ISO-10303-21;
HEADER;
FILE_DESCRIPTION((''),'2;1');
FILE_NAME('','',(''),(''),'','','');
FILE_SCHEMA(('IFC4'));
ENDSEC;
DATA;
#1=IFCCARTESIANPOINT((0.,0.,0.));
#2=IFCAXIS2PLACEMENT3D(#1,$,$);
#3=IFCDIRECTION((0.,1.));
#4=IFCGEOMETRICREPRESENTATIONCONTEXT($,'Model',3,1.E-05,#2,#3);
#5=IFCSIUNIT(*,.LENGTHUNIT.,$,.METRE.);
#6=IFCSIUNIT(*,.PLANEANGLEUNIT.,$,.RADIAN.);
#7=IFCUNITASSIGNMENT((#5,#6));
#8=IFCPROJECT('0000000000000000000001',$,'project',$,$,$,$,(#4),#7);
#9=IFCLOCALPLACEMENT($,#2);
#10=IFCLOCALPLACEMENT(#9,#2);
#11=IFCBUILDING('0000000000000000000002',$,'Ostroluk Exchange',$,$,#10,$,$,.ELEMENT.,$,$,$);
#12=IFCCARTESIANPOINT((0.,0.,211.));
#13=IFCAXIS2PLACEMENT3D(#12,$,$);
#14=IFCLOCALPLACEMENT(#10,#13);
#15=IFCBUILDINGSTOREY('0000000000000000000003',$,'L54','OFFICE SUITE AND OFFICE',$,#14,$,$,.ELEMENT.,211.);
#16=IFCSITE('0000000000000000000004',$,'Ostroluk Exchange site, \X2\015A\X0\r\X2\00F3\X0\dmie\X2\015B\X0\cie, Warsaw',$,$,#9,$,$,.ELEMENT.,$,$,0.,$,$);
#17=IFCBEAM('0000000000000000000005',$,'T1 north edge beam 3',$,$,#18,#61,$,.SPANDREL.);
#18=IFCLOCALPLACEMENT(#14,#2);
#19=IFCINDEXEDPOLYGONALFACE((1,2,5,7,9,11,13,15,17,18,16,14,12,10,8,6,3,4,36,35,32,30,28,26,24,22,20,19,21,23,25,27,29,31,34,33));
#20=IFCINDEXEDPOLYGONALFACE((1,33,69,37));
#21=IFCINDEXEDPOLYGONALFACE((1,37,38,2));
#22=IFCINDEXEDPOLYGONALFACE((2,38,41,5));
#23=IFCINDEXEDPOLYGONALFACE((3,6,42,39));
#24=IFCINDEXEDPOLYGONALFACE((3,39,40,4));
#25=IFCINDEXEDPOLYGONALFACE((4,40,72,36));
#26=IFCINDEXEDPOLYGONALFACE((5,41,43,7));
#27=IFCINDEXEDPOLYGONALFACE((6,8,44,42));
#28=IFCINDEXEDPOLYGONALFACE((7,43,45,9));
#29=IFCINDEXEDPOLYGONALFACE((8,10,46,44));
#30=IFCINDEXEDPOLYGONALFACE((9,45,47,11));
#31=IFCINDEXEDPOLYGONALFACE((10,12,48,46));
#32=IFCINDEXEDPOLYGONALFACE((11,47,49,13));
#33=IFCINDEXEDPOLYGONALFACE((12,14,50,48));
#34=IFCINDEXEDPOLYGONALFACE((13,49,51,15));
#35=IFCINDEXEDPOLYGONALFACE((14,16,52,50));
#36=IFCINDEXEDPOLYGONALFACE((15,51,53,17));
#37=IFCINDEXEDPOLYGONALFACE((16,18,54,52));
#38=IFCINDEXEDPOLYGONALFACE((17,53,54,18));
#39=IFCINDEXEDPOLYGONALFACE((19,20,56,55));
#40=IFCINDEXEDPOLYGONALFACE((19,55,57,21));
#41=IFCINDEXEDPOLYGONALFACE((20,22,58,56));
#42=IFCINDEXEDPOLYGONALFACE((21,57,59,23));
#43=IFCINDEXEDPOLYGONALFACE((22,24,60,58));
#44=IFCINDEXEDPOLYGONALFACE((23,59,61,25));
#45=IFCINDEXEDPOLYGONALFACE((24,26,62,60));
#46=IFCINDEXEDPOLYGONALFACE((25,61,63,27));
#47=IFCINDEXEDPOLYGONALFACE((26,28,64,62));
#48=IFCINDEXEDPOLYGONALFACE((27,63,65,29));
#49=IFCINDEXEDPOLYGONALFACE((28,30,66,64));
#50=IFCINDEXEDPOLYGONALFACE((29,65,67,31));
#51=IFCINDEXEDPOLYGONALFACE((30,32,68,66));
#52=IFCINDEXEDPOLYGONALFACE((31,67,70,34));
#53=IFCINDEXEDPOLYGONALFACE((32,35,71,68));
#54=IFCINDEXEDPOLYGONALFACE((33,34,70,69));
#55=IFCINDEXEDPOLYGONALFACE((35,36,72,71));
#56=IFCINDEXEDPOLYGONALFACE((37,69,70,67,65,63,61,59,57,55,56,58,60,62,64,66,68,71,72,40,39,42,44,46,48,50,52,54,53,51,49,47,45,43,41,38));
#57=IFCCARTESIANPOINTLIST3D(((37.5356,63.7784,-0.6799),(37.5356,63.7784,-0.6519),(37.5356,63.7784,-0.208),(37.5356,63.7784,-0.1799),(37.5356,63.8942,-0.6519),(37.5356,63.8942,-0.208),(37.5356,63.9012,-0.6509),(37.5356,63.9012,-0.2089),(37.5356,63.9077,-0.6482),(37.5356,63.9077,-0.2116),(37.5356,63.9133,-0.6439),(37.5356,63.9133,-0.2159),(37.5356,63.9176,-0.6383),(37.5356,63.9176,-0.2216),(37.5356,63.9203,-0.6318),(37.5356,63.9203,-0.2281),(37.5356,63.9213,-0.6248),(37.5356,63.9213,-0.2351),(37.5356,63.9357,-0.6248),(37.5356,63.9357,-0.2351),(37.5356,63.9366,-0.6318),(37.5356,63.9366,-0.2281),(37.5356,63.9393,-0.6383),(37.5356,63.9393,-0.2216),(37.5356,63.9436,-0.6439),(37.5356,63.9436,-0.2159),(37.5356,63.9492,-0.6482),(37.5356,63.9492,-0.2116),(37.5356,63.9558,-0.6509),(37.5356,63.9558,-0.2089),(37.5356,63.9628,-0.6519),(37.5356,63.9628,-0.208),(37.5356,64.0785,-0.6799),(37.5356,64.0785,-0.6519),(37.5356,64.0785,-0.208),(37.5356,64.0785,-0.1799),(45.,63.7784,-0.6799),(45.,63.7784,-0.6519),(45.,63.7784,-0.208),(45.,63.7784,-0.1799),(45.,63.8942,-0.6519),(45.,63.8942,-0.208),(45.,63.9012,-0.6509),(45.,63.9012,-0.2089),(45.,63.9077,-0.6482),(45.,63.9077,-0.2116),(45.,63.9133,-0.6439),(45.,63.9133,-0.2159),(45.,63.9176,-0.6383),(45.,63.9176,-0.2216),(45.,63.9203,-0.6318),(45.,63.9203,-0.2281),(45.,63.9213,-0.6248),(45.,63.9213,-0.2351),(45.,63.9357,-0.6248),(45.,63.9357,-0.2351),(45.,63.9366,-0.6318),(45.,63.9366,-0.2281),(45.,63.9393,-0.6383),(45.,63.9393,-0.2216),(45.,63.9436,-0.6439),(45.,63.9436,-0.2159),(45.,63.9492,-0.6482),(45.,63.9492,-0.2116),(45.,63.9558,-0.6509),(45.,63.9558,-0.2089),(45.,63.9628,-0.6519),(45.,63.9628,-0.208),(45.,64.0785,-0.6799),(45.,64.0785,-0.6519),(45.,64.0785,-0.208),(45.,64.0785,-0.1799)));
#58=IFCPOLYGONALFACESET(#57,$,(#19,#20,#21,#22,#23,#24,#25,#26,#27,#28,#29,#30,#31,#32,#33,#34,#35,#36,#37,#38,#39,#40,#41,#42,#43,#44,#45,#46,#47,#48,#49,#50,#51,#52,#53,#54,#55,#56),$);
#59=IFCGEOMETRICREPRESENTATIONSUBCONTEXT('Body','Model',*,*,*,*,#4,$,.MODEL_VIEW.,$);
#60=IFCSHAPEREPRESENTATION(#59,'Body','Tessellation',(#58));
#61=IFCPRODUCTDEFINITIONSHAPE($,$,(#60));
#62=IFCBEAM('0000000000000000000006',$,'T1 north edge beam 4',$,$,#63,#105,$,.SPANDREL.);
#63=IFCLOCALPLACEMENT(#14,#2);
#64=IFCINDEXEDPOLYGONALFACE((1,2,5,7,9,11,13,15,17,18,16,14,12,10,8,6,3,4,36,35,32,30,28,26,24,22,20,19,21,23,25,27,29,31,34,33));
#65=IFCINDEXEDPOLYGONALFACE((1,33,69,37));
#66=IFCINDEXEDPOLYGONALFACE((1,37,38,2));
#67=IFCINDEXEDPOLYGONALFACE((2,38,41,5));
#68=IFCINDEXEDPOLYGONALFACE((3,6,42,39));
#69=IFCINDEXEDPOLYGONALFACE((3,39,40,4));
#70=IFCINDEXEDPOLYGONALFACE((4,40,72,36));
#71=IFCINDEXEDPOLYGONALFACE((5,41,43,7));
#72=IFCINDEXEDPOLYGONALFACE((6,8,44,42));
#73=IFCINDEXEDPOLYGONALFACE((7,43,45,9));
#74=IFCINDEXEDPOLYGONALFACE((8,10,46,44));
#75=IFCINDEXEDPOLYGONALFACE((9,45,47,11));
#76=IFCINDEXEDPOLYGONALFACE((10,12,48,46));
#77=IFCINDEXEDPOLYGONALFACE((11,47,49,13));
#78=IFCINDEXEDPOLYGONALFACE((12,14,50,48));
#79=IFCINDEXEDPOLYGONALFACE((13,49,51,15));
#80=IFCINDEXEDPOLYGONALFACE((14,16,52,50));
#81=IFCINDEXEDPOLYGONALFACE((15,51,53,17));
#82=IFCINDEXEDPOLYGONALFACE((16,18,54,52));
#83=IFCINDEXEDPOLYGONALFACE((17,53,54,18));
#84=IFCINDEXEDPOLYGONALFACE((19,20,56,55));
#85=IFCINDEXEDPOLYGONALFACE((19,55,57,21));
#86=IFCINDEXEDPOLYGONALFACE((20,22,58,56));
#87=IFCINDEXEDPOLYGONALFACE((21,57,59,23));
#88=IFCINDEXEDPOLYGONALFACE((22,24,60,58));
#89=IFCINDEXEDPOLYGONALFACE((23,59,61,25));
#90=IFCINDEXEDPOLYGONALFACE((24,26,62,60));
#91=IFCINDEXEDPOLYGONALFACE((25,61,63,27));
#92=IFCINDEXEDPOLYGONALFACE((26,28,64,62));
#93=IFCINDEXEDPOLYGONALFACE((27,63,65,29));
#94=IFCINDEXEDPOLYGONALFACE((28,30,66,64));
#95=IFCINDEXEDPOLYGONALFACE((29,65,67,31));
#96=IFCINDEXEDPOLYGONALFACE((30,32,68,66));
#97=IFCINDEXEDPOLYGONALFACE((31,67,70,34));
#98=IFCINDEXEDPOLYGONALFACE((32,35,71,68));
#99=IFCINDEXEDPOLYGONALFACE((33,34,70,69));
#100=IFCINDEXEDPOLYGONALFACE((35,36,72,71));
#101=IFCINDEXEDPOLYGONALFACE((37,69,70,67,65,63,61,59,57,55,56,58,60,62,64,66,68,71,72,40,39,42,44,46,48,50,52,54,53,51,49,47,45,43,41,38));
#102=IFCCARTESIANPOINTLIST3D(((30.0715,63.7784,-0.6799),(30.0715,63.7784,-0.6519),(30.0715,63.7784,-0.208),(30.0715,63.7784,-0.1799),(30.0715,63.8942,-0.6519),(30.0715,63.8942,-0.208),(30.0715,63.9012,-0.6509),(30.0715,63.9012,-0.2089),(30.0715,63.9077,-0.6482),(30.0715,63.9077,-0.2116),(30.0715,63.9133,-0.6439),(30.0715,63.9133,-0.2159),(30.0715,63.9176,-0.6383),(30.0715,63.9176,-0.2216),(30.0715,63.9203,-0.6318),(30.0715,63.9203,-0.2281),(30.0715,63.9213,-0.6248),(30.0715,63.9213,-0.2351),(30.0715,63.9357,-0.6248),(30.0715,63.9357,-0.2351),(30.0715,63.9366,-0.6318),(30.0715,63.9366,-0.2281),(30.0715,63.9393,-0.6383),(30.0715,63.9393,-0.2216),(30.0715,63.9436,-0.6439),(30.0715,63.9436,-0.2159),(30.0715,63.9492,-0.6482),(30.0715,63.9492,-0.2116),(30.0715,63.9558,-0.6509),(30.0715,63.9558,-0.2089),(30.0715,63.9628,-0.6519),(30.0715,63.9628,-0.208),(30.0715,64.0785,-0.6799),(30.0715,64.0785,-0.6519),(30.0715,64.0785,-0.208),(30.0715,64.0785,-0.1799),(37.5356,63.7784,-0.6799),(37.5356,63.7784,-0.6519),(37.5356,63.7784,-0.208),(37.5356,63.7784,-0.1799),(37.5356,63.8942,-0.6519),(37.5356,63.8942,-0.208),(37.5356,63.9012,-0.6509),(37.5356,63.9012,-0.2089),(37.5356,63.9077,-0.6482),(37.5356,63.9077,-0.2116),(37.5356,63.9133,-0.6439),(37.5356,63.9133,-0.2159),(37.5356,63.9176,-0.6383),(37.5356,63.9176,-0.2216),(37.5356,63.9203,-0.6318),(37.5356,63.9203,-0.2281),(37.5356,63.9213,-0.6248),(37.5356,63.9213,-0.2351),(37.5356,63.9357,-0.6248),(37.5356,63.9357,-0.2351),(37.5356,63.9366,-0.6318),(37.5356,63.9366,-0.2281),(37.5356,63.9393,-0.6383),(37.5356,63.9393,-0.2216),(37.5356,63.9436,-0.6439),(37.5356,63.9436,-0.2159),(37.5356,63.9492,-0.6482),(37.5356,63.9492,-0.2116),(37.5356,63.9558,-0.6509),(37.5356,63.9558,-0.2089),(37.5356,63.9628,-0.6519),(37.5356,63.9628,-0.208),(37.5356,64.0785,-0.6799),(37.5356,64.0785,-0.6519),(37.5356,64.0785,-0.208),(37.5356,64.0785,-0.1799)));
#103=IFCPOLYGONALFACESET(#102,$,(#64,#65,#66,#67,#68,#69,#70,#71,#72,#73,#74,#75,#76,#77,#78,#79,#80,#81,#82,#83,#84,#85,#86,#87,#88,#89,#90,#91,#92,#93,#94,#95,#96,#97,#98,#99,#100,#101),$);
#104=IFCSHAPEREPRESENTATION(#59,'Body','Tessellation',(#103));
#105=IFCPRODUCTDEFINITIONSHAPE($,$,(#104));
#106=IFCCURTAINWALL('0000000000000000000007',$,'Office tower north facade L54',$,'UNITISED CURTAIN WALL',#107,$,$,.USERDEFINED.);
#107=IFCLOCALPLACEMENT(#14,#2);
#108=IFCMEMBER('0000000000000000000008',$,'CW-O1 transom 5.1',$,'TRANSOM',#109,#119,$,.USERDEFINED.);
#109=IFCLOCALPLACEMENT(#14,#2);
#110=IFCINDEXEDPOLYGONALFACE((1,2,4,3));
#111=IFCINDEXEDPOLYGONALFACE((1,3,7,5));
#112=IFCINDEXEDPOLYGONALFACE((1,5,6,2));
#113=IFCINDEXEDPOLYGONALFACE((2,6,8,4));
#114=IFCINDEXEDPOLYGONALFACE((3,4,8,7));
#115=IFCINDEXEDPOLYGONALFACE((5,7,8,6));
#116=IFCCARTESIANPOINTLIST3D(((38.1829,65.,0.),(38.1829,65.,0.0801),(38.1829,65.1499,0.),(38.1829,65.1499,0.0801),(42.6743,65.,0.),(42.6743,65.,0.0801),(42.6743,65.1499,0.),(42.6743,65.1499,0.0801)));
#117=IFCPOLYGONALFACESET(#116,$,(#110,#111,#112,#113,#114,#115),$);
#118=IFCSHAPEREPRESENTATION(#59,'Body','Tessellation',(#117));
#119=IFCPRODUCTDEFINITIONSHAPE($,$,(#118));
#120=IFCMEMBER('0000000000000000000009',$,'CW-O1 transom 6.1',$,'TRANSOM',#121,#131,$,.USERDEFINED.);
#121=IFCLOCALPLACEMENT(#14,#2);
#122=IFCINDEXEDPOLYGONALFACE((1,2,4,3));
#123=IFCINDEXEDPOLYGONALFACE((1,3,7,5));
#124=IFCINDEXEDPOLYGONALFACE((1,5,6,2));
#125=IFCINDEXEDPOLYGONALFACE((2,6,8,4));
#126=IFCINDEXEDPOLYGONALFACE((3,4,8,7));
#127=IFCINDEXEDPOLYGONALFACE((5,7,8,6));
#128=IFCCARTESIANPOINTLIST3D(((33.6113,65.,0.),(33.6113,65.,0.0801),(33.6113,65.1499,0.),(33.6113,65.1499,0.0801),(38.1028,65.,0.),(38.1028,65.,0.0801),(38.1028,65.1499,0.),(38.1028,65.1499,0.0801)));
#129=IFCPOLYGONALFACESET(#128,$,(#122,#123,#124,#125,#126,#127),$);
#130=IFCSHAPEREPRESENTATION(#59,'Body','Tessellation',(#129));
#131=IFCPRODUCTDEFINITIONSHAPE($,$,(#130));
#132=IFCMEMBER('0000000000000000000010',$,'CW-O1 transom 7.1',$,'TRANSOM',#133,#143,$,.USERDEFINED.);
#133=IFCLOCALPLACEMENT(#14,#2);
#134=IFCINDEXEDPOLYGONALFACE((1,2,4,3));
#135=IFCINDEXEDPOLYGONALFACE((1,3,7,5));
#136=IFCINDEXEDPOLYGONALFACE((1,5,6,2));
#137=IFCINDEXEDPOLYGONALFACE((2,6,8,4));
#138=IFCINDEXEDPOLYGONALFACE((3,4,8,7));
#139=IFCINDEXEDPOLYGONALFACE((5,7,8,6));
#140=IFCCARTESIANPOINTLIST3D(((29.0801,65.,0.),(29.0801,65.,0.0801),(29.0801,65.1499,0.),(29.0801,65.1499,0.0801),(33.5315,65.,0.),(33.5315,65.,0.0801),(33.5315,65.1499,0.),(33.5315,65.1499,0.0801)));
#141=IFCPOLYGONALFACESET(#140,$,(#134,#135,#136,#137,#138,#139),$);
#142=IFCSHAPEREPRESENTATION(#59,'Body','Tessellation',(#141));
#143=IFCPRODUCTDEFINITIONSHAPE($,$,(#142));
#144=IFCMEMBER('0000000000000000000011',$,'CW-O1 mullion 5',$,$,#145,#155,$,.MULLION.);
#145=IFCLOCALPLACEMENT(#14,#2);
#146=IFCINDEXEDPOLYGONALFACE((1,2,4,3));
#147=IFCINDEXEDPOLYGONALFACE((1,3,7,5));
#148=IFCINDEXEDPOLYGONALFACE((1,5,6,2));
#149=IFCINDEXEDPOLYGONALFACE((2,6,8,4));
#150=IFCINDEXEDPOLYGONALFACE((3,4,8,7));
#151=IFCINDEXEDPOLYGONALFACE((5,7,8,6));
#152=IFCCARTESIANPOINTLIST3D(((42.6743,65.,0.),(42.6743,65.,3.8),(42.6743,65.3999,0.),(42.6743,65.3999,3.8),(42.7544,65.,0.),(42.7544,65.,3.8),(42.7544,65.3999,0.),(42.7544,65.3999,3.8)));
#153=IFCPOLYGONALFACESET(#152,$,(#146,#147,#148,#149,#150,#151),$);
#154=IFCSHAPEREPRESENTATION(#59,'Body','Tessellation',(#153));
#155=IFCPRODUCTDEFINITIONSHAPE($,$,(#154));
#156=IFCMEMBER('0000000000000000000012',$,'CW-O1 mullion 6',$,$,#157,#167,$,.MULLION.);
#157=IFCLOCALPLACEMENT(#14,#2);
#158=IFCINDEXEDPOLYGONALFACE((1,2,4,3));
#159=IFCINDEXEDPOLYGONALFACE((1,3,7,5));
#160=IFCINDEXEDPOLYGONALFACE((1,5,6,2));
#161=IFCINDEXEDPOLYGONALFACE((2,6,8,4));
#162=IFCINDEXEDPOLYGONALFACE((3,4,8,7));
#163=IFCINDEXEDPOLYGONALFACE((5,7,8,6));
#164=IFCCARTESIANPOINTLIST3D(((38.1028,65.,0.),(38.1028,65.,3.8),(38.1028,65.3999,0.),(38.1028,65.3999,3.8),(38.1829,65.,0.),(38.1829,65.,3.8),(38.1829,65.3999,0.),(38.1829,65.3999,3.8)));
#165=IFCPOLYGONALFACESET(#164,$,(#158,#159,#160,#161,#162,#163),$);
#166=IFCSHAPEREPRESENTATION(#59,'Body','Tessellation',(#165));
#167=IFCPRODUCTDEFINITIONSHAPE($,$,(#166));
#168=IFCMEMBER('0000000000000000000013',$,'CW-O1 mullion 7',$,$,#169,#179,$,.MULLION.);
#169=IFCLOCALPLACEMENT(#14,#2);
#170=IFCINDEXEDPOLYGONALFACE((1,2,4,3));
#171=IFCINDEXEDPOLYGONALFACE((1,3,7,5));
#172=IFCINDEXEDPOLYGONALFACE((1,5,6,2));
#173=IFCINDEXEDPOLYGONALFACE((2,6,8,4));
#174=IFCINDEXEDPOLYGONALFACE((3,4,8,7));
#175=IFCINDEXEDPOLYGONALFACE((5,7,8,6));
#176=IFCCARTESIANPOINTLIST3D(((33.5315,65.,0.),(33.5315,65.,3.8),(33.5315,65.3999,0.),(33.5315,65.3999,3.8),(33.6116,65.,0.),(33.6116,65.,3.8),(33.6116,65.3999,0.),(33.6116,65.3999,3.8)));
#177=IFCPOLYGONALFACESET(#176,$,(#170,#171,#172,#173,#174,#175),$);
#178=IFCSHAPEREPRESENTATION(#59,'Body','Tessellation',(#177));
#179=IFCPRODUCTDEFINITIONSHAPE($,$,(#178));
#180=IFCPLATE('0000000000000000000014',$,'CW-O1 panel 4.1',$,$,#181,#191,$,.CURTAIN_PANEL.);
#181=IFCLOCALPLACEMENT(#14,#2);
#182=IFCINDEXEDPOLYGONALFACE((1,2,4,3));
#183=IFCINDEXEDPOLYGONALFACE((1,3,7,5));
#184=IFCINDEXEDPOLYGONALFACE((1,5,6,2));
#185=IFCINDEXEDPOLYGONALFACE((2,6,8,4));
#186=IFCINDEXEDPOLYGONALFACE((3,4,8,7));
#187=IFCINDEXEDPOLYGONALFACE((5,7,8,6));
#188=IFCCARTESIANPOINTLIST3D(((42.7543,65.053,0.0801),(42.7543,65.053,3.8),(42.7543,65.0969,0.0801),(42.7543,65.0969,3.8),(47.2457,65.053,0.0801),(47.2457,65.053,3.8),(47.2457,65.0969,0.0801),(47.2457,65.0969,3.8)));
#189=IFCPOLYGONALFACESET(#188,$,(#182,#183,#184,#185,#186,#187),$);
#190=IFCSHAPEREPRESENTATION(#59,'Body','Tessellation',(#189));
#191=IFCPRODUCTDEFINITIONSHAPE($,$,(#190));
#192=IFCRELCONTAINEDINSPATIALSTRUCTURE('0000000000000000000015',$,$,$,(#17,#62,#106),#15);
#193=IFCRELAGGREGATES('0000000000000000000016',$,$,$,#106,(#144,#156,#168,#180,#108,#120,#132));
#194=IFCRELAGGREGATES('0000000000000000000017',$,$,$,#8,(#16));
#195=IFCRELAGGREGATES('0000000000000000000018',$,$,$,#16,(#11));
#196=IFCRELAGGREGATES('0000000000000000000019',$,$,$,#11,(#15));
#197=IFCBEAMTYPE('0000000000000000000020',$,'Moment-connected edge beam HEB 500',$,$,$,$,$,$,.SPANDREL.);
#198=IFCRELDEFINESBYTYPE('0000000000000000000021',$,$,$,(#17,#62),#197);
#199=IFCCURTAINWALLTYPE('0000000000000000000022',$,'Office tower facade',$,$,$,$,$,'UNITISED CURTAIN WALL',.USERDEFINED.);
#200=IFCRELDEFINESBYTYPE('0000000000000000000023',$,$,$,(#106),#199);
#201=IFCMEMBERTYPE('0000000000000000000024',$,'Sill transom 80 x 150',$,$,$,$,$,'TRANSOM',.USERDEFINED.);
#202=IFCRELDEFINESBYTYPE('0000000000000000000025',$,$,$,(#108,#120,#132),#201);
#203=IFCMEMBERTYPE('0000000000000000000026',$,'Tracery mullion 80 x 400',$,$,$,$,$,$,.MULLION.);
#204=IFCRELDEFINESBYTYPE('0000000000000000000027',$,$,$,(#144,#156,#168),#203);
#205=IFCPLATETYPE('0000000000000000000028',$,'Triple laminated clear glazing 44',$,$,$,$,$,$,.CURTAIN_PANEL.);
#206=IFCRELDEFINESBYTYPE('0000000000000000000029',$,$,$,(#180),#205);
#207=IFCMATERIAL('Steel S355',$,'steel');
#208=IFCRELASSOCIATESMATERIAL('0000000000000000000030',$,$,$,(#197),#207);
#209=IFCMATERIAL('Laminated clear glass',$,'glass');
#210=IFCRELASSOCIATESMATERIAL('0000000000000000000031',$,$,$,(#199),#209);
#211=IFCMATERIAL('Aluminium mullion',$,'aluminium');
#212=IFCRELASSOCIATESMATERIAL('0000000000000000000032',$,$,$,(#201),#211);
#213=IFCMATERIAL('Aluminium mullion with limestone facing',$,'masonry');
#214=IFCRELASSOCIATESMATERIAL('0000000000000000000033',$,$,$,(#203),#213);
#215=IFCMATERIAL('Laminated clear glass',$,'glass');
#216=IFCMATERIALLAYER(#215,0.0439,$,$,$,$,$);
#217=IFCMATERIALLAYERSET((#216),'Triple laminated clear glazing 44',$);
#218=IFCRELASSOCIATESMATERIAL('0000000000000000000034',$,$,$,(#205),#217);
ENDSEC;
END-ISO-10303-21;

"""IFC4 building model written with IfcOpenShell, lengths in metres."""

from ifc_helpers import new_model, si_unit, direction, frame, origin, origin_2d, place, context, subcontext, project, spatial, rectangle, i_section, extrude, material, layer, layer_set, material_profile, profile_set, type_object, element, aggregate, save


model = new_model("IFC4")

# Units and contexts
model_context = context("Model", 3, precision=1e-05, world=origin(), true_north=direction((0.0, 1.0)))
body_context = subcontext(model_context, "Body", "Model", "MODEL_VIEW")
ifc_project = project(units=[si_unit("LENGTHUNIT", "METRE"), si_unit("PLANEANGLEUNIT", "RADIAN")], contexts=[model_context])

# Site, building, storey
site_placement = place(None, origin())
site = spatial("IfcSite", under=ifc_project, at=site_placement, Name="Ostroluk Exchange site, Śródmieście, Warsaw", CompositionType="ELEMENT", RefElevation=0.0)
building_placement = place(site_placement, origin())
building = spatial("IfcBuilding", under=site, at=building_placement, Name="Ostroluk Exchange", CompositionType="ELEMENT")
storey_placement = place(building_placement, frame((0.0, 0.0, 211.0)))
storey = spatial("IfcBuildingStorey", under=building, at=storey_placement, Name="L54", Description="OFFICE SUITE AND OFFICE", CompositionType="ELEMENT", Elevation=211.0)

# Beams
ifc_material_1 = material(Name="Steel S355", Category="steel")
ifc_material_profile_1 = material_profile(ifc_material_1, i_section(OverallWidth=0.3, OverallDepth=0.5, WebThickness=0.0144, FlangeThickness=0.0281, FilletRadius=0.0271, at=origin_2d()), Name="HEB 500")
ifc_profile_set_1 = profile_set([ifc_material_profile_1], Name="Steel S355")
beam_type_1 = type_object("IfcBeamType", Name="Moment-connected edge beam HEB 500", PredefinedType="SPANDREL", material=ifc_profile_set_1)
beam_1_placement = place(storey_placement, frame((45.0, 63.9285, -0.4299), z_axis=(-1.0, 0.0, 0.0), x_axis=(0.0, -1.0, 0.0)))
element("IfcBeam", 1, at=beam_1_placement, inside=storey, type_object=beam_type_1, Name="T1 north edge beam 3", PredefinedType="SPANDREL", context=body_context, shape_type="SweptSolid", body=[
    extrude(i_section(OverallWidth=0.3, OverallDepth=0.5, WebThickness=0.0144, FlangeThickness=0.0281, FilletRadius=0.0271, at=origin_2d()), origin(), (0.0, 0.0, 1.0), 7.4644),
])
beam_2_placement = place(storey_placement, frame((37.5356, 63.9285, -0.4299), z_axis=(-1.0, 0.0, 0.0), x_axis=(0.0, -1.0, 0.0)))
element("IfcBeam", 2, at=beam_2_placement, inside=storey, type_object=beam_type_1, Name="T1 north edge beam 4", PredefinedType="SPANDREL", context=body_context, shape_type="SweptSolid", body=[
    extrude(i_section(OverallWidth=0.3, OverallDepth=0.5, WebThickness=0.0144, FlangeThickness=0.0281, FilletRadius=0.0271, at=origin_2d()), origin(), (0.0, 0.0, 1.0), 7.4641),
])

# Curtain wall, members, plate
ifc_material_2 = material(Name="Laminated clear glass", Category="glass")
curtain_wall_type = type_object("IfcCurtainWallType", Name="Office tower facade", ElementType="UNITISED CURTAIN WALL", PredefinedType="USERDEFINED", material=ifc_material_2)
curtain_wall_placement = place(storey_placement, origin())
curtain_wall = element("IfcCurtainWall", 3, at=curtain_wall_placement, inside=storey, type_object=curtain_wall_type, Name="Office tower north facade L54", ObjectType="UNITISED CURTAIN WALL", PredefinedType="USERDEFINED")
ifc_material_3 = material(Name="Aluminium mullion", Category="aluminium")
ifc_material_profile_2 = material_profile(ifc_material_3, rectangle(XDim=0.1499, YDim=0.0801, at=origin_2d()), Name="Sill transom 80 x 150")
ifc_profile_set_2 = profile_set([ifc_material_profile_2], Name="Aluminium mullion")
member_type_1 = type_object("IfcMemberType", Name="Sill transom 80 x 150", ElementType="TRANSOM", PredefinedType="USERDEFINED", material=ifc_profile_set_2)
member_1_placement = place(storey_placement, frame((42.6743, 65.075, 0.04), z_axis=(-1.0, 0.0, 0.0), x_axis=(0.0, -1.0, 0.0)))
member_1 = element("IfcMember", 4, at=member_1_placement, type_object=member_type_1, Name="CW-O1 transom 5.1", ObjectType="TRANSOM", PredefinedType="USERDEFINED", context=body_context, shape_type="SweptSolid", body=[
    extrude(rectangle(XDim=0.1499, YDim=0.0801, at=origin_2d()), origin(), (0.0, 0.0, 1.0), 4.4915),
])
member_2_placement = place(storey_placement, frame((38.1028, 65.075, 0.04), z_axis=(-1.0, 0.0, 0.0), x_axis=(0.0, -1.0, 0.0)))
member_2 = element("IfcMember", 5, at=member_2_placement, type_object=member_type_1, Name="CW-O1 transom 6.1", ObjectType="TRANSOM", PredefinedType="USERDEFINED", context=body_context, shape_type="SweptSolid", body=[
    extrude(rectangle(XDim=0.1499, YDim=0.0801, at=origin_2d()), origin(), (0.0, 0.0, 1.0), 4.4915),
])
member_3_placement = place(storey_placement, frame((33.5315, 65.075, 0.04), z_axis=(-1.0, 0.0, 0.0), x_axis=(0.0, -1.0, 0.0)))
member_3 = element("IfcMember", 6, at=member_3_placement, type_object=member_type_1, Name="CW-O1 transom 7.1", ObjectType="TRANSOM", PredefinedType="USERDEFINED", context=body_context, shape_type="SweptSolid", body=[
    extrude(rectangle(XDim=0.1499, YDim=0.0801, at=origin_2d()), origin(), (0.0, 0.0, 1.0), 4.4514),
])
ifc_material_4 = material(Name="Aluminium mullion with limestone facing", Category="masonry")
ifc_material_profile_3 = material_profile(ifc_material_4, rectangle(XDim=0.3999, YDim=0.0801, at=origin_2d()), Name="Tracery mullion 80 x 400")
ifc_profile_set_3 = profile_set([ifc_material_profile_3], Name="Aluminium mullion with limestone facing")
member_type_2 = type_object("IfcMemberType", Name="Tracery mullion 80 x 400", PredefinedType="MULLION", material=ifc_profile_set_3)
member_4_placement = place(storey_placement, frame((42.7144, 65.2, 0.0), z_axis=(0.0, 0.0, 1.0), x_axis=(0.0, -1.0, 0.0)))
member_4 = element("IfcMember", 7, at=member_4_placement, type_object=member_type_2, Name="CW-O1 mullion 5", PredefinedType="MULLION", context=body_context, shape_type="SweptSolid", body=[
    extrude(rectangle(XDim=0.3999, YDim=0.0801, at=origin_2d()), origin(), (0.0, 0.0, 1.0), 3.8),
])
member_5_placement = place(storey_placement, frame((38.1428, 65.2, 0.0), z_axis=(0.0, 0.0, 1.0), x_axis=(0.0, -1.0, 0.0)))
member_5 = element("IfcMember", 8, at=member_5_placement, type_object=member_type_2, Name="CW-O1 mullion 6", PredefinedType="MULLION", context=body_context, shape_type="SweptSolid", body=[
    extrude(rectangle(XDim=0.3999, YDim=0.0801, at=origin_2d()), origin(), (0.0, 0.0, 1.0), 3.8),
])
member_6_placement = place(storey_placement, frame((33.5715, 65.2, 0.0), z_axis=(0.0, 0.0, 1.0), x_axis=(0.0, -1.0, 0.0)))
member_6 = element("IfcMember", 9, at=member_6_placement, type_object=member_type_2, Name="CW-O1 mullion 7", PredefinedType="MULLION", context=body_context, shape_type="SweptSolid", body=[
    extrude(rectangle(XDim=0.3999, YDim=0.0801, at=origin_2d()), origin(), (0.0, 0.0, 1.0), 3.8),
])
ifc_material_5 = material(Name="Laminated clear glass", Category="glass")
ifc_layer_1 = layer(ifc_material_5, 0.0439)
ifc_layer_set_1 = layer_set([ifc_layer_1], Name="Triple laminated clear glazing 44")
plate_type = type_object("IfcPlateType", Name="Triple laminated clear glazing 44", PredefinedType="CURTAIN_PANEL", material=ifc_layer_set_1)
plate_1_placement = place(storey_placement, frame((45.0, 65.075, 0.0801), z_axis=(0.0, 0.0, 1.0), x_axis=(-1.0, 0.0, 0.0)))
plate_1 = element("IfcPlate", 10, at=plate_1_placement, type_object=plate_type, Name="CW-O1 panel 4.1", PredefinedType="CURTAIN_PANEL", context=body_context, shape_type="SweptSolid", body=[
    extrude(rectangle(XDim=4.4915, YDim=0.0439, at=origin_2d()), origin(), (0.0, 0.0, 1.0), 3.72),
])
aggregate(curtain_wall, [member_4, member_5, member_6, plate_1, member_1, member_2, member_3])

save(model, "model.ifc")
